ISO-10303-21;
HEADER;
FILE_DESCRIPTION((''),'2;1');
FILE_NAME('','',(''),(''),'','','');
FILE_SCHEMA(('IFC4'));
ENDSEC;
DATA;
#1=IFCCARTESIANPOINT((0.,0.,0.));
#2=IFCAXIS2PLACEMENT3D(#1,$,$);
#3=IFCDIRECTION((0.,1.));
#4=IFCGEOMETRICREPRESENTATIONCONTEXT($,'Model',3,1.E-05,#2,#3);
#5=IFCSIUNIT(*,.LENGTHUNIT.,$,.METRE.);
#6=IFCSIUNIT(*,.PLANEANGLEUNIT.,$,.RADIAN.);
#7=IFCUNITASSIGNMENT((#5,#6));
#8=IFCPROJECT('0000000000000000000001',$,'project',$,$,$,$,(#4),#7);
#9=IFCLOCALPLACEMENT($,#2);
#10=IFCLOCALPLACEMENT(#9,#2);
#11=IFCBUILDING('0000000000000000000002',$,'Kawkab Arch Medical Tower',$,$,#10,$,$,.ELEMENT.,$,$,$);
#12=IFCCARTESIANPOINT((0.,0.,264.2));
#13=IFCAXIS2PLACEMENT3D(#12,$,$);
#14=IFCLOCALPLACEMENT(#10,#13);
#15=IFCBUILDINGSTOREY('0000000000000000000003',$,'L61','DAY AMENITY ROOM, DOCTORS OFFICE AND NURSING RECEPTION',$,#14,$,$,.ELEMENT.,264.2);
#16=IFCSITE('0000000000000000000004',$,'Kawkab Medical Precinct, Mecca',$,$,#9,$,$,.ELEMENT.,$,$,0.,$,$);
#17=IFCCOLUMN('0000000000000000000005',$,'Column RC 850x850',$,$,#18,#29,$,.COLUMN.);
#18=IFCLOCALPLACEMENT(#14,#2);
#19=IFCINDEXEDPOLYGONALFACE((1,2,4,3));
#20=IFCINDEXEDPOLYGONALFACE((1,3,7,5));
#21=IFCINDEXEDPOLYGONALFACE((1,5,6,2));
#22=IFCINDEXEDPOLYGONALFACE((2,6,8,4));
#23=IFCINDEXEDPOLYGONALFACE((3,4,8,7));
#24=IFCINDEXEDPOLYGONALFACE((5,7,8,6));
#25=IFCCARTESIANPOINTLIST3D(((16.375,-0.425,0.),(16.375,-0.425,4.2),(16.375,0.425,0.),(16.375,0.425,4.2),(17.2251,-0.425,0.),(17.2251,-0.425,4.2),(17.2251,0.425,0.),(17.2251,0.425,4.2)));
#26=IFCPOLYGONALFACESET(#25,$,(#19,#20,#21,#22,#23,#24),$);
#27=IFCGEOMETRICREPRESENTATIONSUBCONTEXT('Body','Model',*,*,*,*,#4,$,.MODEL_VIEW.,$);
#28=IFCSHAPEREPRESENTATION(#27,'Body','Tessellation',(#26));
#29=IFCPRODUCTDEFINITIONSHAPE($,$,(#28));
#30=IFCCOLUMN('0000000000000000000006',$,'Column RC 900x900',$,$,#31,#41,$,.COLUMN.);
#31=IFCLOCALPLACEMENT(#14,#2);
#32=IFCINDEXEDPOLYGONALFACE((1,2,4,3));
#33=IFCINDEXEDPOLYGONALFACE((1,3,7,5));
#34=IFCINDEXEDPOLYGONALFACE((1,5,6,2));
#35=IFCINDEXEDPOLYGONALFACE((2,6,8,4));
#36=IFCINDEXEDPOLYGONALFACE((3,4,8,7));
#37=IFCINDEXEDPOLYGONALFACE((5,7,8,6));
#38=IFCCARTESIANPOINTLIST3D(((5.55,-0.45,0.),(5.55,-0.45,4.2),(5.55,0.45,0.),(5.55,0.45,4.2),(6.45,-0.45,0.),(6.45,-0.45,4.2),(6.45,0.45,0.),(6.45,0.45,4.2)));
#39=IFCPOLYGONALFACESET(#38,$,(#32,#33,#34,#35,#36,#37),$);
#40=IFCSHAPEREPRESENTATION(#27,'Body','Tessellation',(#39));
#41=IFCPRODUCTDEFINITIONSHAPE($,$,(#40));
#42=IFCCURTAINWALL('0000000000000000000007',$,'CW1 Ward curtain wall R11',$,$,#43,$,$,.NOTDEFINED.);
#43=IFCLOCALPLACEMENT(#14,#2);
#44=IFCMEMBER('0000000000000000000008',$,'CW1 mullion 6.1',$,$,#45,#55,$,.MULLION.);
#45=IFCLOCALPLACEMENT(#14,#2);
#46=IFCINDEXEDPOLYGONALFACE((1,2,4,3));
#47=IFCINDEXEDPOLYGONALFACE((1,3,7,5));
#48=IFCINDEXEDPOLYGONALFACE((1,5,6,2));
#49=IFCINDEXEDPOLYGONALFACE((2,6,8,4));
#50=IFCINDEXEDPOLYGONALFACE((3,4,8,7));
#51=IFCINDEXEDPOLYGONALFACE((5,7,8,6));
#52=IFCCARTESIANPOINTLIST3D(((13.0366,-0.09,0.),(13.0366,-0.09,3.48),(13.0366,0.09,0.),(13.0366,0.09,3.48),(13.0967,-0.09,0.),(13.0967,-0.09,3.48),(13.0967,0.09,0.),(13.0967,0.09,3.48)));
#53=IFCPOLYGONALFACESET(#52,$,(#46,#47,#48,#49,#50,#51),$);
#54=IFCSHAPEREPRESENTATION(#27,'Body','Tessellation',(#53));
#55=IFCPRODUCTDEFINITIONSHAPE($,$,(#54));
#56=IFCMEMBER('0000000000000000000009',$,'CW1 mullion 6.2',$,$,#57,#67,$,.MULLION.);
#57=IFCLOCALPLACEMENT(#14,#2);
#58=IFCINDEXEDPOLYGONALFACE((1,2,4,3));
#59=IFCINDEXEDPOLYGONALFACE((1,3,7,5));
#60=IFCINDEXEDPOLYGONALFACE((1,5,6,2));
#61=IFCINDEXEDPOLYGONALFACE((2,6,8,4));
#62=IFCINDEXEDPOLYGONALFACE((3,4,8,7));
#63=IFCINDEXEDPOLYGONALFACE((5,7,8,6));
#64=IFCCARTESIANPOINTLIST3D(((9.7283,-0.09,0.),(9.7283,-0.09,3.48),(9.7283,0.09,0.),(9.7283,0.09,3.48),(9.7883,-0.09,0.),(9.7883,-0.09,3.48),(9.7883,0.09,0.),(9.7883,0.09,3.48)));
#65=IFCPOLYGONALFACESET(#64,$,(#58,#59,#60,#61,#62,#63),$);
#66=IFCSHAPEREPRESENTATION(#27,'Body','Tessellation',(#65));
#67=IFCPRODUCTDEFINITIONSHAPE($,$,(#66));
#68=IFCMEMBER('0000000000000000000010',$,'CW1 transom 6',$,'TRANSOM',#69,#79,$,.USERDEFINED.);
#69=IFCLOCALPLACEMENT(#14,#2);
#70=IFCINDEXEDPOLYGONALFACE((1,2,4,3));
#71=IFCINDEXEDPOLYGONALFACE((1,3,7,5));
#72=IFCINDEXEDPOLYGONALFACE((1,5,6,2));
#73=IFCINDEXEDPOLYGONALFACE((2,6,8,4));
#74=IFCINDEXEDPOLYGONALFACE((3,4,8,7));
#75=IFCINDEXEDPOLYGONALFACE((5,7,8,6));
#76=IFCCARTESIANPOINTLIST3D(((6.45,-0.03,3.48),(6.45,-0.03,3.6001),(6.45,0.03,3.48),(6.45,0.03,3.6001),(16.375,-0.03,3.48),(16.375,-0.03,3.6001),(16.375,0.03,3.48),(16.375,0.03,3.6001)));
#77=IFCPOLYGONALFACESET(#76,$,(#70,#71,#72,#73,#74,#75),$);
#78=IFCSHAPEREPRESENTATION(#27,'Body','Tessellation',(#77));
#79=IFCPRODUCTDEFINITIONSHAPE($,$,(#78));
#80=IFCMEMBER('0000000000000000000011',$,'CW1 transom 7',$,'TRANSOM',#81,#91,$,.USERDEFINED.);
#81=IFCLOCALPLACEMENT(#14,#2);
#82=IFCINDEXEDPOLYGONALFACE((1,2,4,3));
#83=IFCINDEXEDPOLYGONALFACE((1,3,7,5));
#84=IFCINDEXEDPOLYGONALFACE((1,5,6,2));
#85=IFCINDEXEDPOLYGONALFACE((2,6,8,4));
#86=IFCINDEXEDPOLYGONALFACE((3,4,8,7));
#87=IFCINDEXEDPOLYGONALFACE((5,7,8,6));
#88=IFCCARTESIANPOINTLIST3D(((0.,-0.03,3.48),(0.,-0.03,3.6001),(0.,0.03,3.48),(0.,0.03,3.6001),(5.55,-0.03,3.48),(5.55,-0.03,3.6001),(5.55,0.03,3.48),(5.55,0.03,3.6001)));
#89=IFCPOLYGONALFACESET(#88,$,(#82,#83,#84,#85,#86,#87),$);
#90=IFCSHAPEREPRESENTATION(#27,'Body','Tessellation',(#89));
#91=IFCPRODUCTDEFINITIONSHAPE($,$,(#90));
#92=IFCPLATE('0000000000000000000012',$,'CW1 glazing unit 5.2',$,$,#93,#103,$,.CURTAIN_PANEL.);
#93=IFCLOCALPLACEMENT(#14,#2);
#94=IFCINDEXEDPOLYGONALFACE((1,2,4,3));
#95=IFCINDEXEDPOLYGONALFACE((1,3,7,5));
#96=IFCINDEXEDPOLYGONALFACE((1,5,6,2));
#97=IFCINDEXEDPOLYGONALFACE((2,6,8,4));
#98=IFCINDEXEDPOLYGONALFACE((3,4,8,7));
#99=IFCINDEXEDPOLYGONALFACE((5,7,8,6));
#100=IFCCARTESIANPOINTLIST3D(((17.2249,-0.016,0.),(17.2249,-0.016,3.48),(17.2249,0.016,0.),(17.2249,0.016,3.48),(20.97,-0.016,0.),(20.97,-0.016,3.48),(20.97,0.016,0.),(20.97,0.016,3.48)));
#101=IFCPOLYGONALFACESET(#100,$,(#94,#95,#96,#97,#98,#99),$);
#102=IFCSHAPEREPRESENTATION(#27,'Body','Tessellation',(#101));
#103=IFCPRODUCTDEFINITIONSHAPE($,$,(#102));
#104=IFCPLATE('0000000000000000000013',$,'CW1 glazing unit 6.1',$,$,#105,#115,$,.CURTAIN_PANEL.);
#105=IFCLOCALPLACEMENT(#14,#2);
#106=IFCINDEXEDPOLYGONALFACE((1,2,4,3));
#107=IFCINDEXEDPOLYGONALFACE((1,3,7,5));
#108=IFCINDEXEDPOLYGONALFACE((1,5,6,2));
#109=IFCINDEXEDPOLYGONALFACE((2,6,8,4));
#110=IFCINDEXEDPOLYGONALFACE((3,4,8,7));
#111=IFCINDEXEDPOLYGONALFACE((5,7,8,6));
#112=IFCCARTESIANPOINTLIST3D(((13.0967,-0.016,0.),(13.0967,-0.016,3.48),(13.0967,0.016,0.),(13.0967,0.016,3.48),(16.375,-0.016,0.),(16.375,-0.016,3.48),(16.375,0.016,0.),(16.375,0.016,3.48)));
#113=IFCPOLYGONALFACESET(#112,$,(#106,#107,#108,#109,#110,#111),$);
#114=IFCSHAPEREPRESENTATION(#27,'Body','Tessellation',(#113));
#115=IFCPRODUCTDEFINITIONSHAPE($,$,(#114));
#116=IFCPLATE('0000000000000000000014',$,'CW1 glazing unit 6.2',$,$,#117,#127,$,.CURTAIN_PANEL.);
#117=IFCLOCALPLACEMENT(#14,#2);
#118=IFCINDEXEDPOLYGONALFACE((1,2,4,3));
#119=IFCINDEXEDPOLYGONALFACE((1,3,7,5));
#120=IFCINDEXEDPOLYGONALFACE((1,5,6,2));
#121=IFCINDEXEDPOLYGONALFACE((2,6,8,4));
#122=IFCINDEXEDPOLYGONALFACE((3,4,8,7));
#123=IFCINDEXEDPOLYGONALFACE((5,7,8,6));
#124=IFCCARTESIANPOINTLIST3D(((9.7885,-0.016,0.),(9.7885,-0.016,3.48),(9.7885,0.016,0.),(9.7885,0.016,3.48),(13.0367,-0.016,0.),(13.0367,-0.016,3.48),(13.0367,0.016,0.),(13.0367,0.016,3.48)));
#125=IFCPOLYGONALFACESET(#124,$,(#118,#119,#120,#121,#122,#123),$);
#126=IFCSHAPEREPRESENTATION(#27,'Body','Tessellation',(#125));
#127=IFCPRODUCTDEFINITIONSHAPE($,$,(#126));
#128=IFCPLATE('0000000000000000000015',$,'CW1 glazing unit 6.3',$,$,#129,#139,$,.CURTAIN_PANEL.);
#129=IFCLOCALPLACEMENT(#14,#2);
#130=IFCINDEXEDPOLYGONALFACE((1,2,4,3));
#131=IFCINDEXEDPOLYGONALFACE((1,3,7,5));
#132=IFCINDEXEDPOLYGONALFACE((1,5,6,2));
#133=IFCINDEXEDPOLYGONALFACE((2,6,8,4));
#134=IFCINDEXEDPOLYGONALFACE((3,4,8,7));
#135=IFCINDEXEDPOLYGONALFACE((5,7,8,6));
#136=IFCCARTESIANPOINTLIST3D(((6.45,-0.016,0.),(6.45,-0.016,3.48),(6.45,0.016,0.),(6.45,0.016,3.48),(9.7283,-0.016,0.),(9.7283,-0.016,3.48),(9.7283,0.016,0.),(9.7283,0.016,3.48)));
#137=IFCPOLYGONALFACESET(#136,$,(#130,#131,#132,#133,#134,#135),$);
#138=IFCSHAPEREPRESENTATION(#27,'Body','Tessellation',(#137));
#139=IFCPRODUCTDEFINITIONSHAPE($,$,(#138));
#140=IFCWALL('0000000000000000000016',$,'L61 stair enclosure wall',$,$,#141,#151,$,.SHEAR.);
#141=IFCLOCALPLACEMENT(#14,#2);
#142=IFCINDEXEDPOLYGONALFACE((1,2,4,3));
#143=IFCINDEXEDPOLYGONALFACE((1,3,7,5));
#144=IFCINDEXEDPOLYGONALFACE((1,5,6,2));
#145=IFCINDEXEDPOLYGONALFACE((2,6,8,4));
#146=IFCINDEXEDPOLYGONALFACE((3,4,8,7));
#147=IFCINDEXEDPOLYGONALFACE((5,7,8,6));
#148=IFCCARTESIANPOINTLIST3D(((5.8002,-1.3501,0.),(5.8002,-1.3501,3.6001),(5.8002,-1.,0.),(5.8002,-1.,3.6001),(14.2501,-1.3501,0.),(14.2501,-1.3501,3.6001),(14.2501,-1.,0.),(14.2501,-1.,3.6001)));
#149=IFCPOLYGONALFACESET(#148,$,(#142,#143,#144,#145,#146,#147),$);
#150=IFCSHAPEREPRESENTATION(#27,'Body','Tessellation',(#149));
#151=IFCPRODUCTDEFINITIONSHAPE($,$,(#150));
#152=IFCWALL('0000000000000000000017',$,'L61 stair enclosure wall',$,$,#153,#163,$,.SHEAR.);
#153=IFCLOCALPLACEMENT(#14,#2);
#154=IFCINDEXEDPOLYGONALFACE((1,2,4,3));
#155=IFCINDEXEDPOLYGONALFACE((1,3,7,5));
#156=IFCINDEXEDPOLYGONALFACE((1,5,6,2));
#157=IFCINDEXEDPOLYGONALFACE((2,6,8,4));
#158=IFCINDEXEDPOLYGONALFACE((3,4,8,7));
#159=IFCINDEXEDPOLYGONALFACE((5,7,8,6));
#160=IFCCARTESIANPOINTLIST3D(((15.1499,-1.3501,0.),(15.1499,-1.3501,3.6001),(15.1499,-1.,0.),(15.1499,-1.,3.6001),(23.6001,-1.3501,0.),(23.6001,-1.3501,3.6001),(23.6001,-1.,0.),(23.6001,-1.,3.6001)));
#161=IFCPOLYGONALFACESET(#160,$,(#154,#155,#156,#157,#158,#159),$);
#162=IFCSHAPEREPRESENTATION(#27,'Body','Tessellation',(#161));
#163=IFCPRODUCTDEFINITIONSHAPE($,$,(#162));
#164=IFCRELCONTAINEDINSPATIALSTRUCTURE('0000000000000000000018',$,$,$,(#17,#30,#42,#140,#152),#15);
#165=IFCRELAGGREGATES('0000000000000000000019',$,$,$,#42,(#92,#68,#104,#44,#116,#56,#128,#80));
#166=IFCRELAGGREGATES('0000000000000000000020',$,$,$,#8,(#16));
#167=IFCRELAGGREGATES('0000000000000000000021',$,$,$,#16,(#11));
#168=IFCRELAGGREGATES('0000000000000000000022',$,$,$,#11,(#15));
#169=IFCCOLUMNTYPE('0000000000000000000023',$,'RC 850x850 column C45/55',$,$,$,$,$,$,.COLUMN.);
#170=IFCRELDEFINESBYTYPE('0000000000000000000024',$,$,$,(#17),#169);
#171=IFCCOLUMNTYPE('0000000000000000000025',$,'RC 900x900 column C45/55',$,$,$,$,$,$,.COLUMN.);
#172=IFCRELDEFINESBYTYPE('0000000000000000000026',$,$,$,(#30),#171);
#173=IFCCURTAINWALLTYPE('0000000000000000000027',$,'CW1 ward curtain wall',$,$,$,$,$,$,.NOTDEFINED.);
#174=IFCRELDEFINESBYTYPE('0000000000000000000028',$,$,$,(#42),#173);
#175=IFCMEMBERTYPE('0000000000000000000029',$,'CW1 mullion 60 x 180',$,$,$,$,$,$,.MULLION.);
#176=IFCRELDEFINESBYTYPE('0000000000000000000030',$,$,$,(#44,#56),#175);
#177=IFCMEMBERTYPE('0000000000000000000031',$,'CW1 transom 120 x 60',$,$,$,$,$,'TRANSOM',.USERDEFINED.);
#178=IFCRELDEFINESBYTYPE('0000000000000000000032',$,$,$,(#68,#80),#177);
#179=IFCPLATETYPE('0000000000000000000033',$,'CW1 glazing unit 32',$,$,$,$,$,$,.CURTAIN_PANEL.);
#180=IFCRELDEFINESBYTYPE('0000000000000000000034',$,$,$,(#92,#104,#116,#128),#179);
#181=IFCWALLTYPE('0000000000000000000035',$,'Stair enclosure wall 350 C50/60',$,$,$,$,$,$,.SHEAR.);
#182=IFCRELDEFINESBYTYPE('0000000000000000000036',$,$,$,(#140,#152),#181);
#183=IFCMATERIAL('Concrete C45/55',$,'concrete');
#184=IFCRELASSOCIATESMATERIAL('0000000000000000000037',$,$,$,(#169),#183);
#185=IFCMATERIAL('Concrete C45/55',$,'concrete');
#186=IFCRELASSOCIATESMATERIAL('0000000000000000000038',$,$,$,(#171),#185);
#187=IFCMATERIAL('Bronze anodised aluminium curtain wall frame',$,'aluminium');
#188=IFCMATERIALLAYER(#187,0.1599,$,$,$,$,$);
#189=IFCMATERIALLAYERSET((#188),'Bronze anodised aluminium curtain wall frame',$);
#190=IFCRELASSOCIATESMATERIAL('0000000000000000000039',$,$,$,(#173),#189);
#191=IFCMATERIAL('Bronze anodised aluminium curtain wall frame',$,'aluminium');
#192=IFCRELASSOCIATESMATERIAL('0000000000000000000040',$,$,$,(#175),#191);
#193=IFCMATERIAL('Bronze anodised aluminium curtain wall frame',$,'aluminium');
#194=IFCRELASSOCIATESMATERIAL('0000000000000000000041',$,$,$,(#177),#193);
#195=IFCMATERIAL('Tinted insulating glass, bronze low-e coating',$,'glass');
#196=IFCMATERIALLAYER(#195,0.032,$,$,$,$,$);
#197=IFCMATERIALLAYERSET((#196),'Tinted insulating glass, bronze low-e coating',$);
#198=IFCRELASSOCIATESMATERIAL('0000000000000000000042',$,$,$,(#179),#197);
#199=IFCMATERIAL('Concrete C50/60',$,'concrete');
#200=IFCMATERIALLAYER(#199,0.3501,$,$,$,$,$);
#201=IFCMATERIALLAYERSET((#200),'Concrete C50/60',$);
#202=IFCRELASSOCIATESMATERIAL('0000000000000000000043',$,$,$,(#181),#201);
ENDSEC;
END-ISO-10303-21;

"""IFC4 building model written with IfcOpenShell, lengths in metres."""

from ifc_helpers import new_model, si_unit, direction, frame, frame_2d, origin, origin_2d, place, context, subcontext, project, spatial, rectangle, extrude, material, layer, layer_set, material_profile, profile_set, type_object, element, aggregate, save


model = new_model("IFC4")

# Units and contexts
model_context = context("Model", 3, precision=1e-05, world=origin(), true_north=direction((0.0, 1.0)))
body_context = subcontext(model_context, "Body", "Model", "MODEL_VIEW")
ifc_project = project(units=[si_unit("LENGTHUNIT", "METRE"), si_unit("PLANEANGLEUNIT", "RADIAN")], contexts=[model_context])

# Site, building, storey
site_placement = place(None, origin())
site = spatial("IfcSite", under=ifc_project, at=site_placement, Name="Kawkab Medical Precinct, Mecca", CompositionType="ELEMENT", RefElevation=0.0)
building_placement = place(site_placement, origin())
building = spatial("IfcBuilding", under=site, at=building_placement, Name="Kawkab Arch Medical Tower", CompositionType="ELEMENT")
storey_placement = place(building_placement, frame((0.0, 0.0, 264.2)))
storey = spatial("IfcBuildingStorey", under=building, at=storey_placement, Name="L61", Description="DAY AMENITY ROOM, DOCTORS OFFICE AND NURSING RECEPTION", CompositionType="ELEMENT", Elevation=264.2)

# Columns
ifc_material_1 = material(Name="Concrete C45/55", Category="concrete")
ifc_material_profile_1 = material_profile(ifc_material_1, rectangle(XDim=0.8501, YDim=0.8501, at=origin_2d()), Name="RC 850x850")
ifc_profile_set_1 = profile_set([ifc_material_profile_1], Name="Concrete C45/55")
column_type_1 = type_object("IfcColumnType", Name="RC 850x850 column C45/55", PredefinedType="COLUMN", material=ifc_profile_set_1)
column_1_placement = place(storey_placement, frame((16.8, 0.0, 0.0), z_axis=(0.0, 0.0, 1.0), x_axis=(1.0, 0.0, 0.0)))
element("IfcColumn", 1, at=column_1_placement, inside=storey, type_object=column_type_1, Name="Column RC 850x850", PredefinedType="COLUMN", context=body_context, shape_type="SweptSolid", body=[
    extrude(rectangle(XDim=0.8501, YDim=0.8501, at=origin_2d()), origin(), (0.0, 0.0, 1.0), 4.2),
])
ifc_material_2 = material(Name="Concrete C45/55", Category="concrete")
ifc_material_profile_2 = material_profile(ifc_material_2, rectangle(XDim=0.8999, YDim=0.8999, at=origin_2d()), Name="RC 900x900")
ifc_profile_set_2 = profile_set([ifc_material_profile_2], Name="Concrete C45/55")
column_type_2 = type_object("IfcColumnType", Name="RC 900x900 column C45/55", PredefinedType="COLUMN", material=ifc_profile_set_2)
column_2_placement = place(storey_placement, frame((6.0, 0.0, 0.0), z_axis=(0.0, 0.0, 1.0), x_axis=(1.0, 0.0, 0.0)))
element("IfcColumn", 2, at=column_2_placement, inside=storey, type_object=column_type_2, Name="Column RC 900x900", PredefinedType="COLUMN", context=body_context, shape_type="SweptSolid", body=[
    extrude(rectangle(XDim=0.8999, YDim=0.8999, at=origin_2d()), origin(), (0.0, 0.0, 1.0), 4.2),
])

# Curtain wall, members, plates
ifc_material_3 = material(Name="Bronze anodised aluminium curtain wall frame", Category="aluminium")
ifc_layer_1 = layer(ifc_material_3, 0.1599)
ifc_layer_set_1 = layer_set([ifc_layer_1], Name="Bronze anodised aluminium curtain wall frame")
curtain_wall_type = type_object("IfcCurtainWallType", Name="CW1 ward curtain wall", PredefinedType="NOTDEFINED", material=ifc_layer_set_1)
placement = place(storey_placement, origin())
curtain_wall = element("IfcCurtainWall", 3, at=placement, inside=storey, type_object=curtain_wall_type, Name="CW1 Ward curtain wall R11", PredefinedType="NOTDEFINED")
ifc_material_4 = material(Name="Bronze anodised aluminium curtain wall frame", Category="aluminium")
ifc_material_profile_3 = material_profile(ifc_material_4, rectangle(XDim=0.1799, YDim=0.0601, at=origin_2d()), Name="AL 60x180")
ifc_profile_set_3 = profile_set([ifc_material_profile_3], Name="Bronze anodised aluminium curtain wall frame")
member_type_1 = type_object("IfcMemberType", Name="CW1 mullion 60 x 180", PredefinedType="MULLION", material=ifc_profile_set_3)
member_1_placement = place(storey_placement, frame((13.0667, 0.0, 0.0), z_axis=(0.0, 0.0, 1.0), x_axis=(0.0, -1.0, 0.0)))
member_1 = element("IfcMember", 4, at=member_1_placement, type_object=member_type_1, Name="CW1 mullion 6.1", PredefinedType="MULLION", context=body_context, shape_type="SweptSolid", body=[
    extrude(rectangle(XDim=0.1799, YDim=0.0601, at=origin_2d()), origin(), (0.0, 0.0, 1.0), 3.48),
])
member_2_placement = place(storey_placement, frame((9.7583, 0.0, 0.0), z_axis=(0.0, 0.0, 1.0), x_axis=(0.0, -1.0, 0.0)))
member_2 = element("IfcMember", 5, at=member_2_placement, type_object=member_type_1, Name="CW1 mullion 6.2", PredefinedType="MULLION", context=body_context, shape_type="SweptSolid", body=[
    extrude(rectangle(XDim=0.1799, YDim=0.0601, at=origin_2d()), origin(), (0.0, 0.0, 1.0), 3.48),
])
ifc_material_5 = material(Name="Bronze anodised aluminium curtain wall frame", Category="aluminium")
ifc_material_profile_4 = material_profile(ifc_material_5, rectangle(XDim=0.0601, YDim=0.1201, at=origin_2d()), Name="AL 60x120")
ifc_profile_set_4 = profile_set([ifc_material_profile_4], Name="Bronze anodised aluminium curtain wall frame")
member_type_2 = type_object("IfcMemberType", Name="CW1 transom 120 x 60", ElementType="TRANSOM", PredefinedType="USERDEFINED", material=ifc_profile_set_4)
member_3_placement = place(storey_placement, frame((16.375, 0.0, 3.54), z_axis=(-1.0, 0.0, 0.0), x_axis=(0.0, -1.0, 0.0)))
member_3 = element("IfcMember", 6, at=member_3_placement, type_object=member_type_2, Name="CW1 transom 6", ObjectType="TRANSOM", PredefinedType="USERDEFINED", context=body_context, shape_type="SweptSolid", body=[
    extrude(rectangle(XDim=0.0601, YDim=0.1201, at=origin_2d()), origin(), (0.0, 0.0, 1.0), 9.925),
])
member_4_placement = place(storey_placement, frame((5.55, 0.0, 3.54), z_axis=(-1.0, 0.0, 0.0), x_axis=(0.0, -1.0, 0.0)))
member_4 = element("IfcMember", 7, at=member_4_placement, type_object=member_type_2, Name="CW1 transom 7", ObjectType="TRANSOM", PredefinedType="USERDEFINED", context=body_context, shape_type="SweptSolid", body=[
    extrude(rectangle(XDim=0.0601, YDim=0.1201, at=origin_2d()), origin(), (0.0, 0.0, 1.0), 5.55),
])
ifc_material_6 = material(Name="Tinted insulating glass, bronze low-e coating", Category="glass")
ifc_layer_2 = layer(ifc_material_6, 0.032)
ifc_layer_set_2 = layer_set([ifc_layer_2], Name="Tinted insulating glass, bronze low-e coating")
plate_type = type_object("IfcPlateType", Name="CW1 glazing unit 32", PredefinedType="CURTAIN_PANEL", material=ifc_layer_set_2)
plate_1_placement = place(storey_placement, frame((19.0974, 0.0, 0.0), z_axis=(0.0, 0.0, 1.0), x_axis=(-1.0, 0.0, 0.0)))
plate_1 = element("IfcPlate", 8, at=plate_1_placement, type_object=plate_type, Name="CW1 glazing unit 5.2", PredefinedType="CURTAIN_PANEL", context=body_context, shape_type="SweptSolid", body=[
    extrude(rectangle(XDim=3.7451, YDim=0.032, at=origin_2d()), origin(), (0.0, 0.0, 1.0), 3.48),
])
plate_2_placement = place(storey_placement, frame((14.7358, 0.0, 0.0), z_axis=(0.0, 0.0, 1.0), x_axis=(-1.0, 0.0, 0.0)))
plate_2 = element("IfcPlate", 9, at=plate_2_placement, type_object=plate_type, Name="CW1 glazing unit 6.1", PredefinedType="CURTAIN_PANEL", context=body_context, shape_type="SweptSolid", body=[
    extrude(rectangle(XDim=3.2783, YDim=0.032, at=origin_2d()), origin(), (0.0, 0.0, 1.0), 3.48),
])
plate_3_placement = place(storey_placement, frame((11.4126, 0.0, 0.0), z_axis=(0.0, 0.0, 1.0), x_axis=(-1.0, 0.0, 0.0)))
plate_3 = element("IfcPlate", 10, at=plate_3_placement, type_object=plate_type, Name="CW1 glazing unit 6.2", PredefinedType="CURTAIN_PANEL", context=body_context, shape_type="SweptSolid", body=[
    extrude(rectangle(XDim=3.2483, YDim=0.032, at=origin_2d()), origin(), (0.0, 0.0, 1.0), 3.48),
])
plate_4_placement = place(storey_placement, frame((8.0891, 0.0, 0.0), z_axis=(0.0, 0.0, 1.0), x_axis=(-1.0, 0.0, 0.0)))
plate_4 = element("IfcPlate", 11, at=plate_4_placement, type_object=plate_type, Name="CW1 glazing unit 6.3", PredefinedType="CURTAIN_PANEL", context=body_context, shape_type="SweptSolid", body=[
    extrude(rectangle(XDim=3.2783, YDim=0.032, at=origin_2d()), origin(), (0.0, 0.0, 1.0), 3.48),
])
aggregate(curtain_wall, [plate_1, member_3, plate_2, member_1, plate_3, member_2, plate_4, member_4])

# Walls
ifc_material_7 = material(Name="Concrete C50/60", Category="concrete")
ifc_layer_3 = layer(ifc_material_7, 0.3501)
ifc_layer_set_3 = layer_set([ifc_layer_3], Name="Concrete C50/60")
wall_type = type_object("IfcWallType", Name="Stair enclosure wall 350 C50/60", PredefinedType="SHEAR", material=ifc_layer_set_3)
wall_1_placement = place(storey_placement, frame((5.8, -1.175, 0.0), z_axis=(0.0, 0.0, 1.0), x_axis=(1.0, 0.0, 0.0)))
element("IfcWall", 12, at=wall_1_placement, inside=storey, type_object=wall_type, Name="L61 stair enclosure wall", PredefinedType="SHEAR", context=body_context, shape_type="SweptSolid", body=[
    extrude(rectangle(XDim=8.45, YDim=0.3501, at=frame_2d((4.2251, 0.0))), origin(), (0.0, 0.0, 1.0), 3.6001),
])
wall_2_placement = place(storey_placement, frame((15.1499, -1.175, 0.0), z_axis=(0.0, 0.0, 1.0), x_axis=(1.0, 0.0, 0.0)))
element("IfcWall", 13, at=wall_2_placement, inside=storey, type_object=wall_type, Name="L61 stair enclosure wall", PredefinedType="SHEAR", context=body_context, shape_type="SweptSolid", body=[
    extrude(rectangle(XDim=8.4502, YDim=0.3501, at=frame_2d((4.2251, 0.0))), origin(), (0.0, 0.0, 1.0), 3.6001),
])

save(model, "model.ifc")
